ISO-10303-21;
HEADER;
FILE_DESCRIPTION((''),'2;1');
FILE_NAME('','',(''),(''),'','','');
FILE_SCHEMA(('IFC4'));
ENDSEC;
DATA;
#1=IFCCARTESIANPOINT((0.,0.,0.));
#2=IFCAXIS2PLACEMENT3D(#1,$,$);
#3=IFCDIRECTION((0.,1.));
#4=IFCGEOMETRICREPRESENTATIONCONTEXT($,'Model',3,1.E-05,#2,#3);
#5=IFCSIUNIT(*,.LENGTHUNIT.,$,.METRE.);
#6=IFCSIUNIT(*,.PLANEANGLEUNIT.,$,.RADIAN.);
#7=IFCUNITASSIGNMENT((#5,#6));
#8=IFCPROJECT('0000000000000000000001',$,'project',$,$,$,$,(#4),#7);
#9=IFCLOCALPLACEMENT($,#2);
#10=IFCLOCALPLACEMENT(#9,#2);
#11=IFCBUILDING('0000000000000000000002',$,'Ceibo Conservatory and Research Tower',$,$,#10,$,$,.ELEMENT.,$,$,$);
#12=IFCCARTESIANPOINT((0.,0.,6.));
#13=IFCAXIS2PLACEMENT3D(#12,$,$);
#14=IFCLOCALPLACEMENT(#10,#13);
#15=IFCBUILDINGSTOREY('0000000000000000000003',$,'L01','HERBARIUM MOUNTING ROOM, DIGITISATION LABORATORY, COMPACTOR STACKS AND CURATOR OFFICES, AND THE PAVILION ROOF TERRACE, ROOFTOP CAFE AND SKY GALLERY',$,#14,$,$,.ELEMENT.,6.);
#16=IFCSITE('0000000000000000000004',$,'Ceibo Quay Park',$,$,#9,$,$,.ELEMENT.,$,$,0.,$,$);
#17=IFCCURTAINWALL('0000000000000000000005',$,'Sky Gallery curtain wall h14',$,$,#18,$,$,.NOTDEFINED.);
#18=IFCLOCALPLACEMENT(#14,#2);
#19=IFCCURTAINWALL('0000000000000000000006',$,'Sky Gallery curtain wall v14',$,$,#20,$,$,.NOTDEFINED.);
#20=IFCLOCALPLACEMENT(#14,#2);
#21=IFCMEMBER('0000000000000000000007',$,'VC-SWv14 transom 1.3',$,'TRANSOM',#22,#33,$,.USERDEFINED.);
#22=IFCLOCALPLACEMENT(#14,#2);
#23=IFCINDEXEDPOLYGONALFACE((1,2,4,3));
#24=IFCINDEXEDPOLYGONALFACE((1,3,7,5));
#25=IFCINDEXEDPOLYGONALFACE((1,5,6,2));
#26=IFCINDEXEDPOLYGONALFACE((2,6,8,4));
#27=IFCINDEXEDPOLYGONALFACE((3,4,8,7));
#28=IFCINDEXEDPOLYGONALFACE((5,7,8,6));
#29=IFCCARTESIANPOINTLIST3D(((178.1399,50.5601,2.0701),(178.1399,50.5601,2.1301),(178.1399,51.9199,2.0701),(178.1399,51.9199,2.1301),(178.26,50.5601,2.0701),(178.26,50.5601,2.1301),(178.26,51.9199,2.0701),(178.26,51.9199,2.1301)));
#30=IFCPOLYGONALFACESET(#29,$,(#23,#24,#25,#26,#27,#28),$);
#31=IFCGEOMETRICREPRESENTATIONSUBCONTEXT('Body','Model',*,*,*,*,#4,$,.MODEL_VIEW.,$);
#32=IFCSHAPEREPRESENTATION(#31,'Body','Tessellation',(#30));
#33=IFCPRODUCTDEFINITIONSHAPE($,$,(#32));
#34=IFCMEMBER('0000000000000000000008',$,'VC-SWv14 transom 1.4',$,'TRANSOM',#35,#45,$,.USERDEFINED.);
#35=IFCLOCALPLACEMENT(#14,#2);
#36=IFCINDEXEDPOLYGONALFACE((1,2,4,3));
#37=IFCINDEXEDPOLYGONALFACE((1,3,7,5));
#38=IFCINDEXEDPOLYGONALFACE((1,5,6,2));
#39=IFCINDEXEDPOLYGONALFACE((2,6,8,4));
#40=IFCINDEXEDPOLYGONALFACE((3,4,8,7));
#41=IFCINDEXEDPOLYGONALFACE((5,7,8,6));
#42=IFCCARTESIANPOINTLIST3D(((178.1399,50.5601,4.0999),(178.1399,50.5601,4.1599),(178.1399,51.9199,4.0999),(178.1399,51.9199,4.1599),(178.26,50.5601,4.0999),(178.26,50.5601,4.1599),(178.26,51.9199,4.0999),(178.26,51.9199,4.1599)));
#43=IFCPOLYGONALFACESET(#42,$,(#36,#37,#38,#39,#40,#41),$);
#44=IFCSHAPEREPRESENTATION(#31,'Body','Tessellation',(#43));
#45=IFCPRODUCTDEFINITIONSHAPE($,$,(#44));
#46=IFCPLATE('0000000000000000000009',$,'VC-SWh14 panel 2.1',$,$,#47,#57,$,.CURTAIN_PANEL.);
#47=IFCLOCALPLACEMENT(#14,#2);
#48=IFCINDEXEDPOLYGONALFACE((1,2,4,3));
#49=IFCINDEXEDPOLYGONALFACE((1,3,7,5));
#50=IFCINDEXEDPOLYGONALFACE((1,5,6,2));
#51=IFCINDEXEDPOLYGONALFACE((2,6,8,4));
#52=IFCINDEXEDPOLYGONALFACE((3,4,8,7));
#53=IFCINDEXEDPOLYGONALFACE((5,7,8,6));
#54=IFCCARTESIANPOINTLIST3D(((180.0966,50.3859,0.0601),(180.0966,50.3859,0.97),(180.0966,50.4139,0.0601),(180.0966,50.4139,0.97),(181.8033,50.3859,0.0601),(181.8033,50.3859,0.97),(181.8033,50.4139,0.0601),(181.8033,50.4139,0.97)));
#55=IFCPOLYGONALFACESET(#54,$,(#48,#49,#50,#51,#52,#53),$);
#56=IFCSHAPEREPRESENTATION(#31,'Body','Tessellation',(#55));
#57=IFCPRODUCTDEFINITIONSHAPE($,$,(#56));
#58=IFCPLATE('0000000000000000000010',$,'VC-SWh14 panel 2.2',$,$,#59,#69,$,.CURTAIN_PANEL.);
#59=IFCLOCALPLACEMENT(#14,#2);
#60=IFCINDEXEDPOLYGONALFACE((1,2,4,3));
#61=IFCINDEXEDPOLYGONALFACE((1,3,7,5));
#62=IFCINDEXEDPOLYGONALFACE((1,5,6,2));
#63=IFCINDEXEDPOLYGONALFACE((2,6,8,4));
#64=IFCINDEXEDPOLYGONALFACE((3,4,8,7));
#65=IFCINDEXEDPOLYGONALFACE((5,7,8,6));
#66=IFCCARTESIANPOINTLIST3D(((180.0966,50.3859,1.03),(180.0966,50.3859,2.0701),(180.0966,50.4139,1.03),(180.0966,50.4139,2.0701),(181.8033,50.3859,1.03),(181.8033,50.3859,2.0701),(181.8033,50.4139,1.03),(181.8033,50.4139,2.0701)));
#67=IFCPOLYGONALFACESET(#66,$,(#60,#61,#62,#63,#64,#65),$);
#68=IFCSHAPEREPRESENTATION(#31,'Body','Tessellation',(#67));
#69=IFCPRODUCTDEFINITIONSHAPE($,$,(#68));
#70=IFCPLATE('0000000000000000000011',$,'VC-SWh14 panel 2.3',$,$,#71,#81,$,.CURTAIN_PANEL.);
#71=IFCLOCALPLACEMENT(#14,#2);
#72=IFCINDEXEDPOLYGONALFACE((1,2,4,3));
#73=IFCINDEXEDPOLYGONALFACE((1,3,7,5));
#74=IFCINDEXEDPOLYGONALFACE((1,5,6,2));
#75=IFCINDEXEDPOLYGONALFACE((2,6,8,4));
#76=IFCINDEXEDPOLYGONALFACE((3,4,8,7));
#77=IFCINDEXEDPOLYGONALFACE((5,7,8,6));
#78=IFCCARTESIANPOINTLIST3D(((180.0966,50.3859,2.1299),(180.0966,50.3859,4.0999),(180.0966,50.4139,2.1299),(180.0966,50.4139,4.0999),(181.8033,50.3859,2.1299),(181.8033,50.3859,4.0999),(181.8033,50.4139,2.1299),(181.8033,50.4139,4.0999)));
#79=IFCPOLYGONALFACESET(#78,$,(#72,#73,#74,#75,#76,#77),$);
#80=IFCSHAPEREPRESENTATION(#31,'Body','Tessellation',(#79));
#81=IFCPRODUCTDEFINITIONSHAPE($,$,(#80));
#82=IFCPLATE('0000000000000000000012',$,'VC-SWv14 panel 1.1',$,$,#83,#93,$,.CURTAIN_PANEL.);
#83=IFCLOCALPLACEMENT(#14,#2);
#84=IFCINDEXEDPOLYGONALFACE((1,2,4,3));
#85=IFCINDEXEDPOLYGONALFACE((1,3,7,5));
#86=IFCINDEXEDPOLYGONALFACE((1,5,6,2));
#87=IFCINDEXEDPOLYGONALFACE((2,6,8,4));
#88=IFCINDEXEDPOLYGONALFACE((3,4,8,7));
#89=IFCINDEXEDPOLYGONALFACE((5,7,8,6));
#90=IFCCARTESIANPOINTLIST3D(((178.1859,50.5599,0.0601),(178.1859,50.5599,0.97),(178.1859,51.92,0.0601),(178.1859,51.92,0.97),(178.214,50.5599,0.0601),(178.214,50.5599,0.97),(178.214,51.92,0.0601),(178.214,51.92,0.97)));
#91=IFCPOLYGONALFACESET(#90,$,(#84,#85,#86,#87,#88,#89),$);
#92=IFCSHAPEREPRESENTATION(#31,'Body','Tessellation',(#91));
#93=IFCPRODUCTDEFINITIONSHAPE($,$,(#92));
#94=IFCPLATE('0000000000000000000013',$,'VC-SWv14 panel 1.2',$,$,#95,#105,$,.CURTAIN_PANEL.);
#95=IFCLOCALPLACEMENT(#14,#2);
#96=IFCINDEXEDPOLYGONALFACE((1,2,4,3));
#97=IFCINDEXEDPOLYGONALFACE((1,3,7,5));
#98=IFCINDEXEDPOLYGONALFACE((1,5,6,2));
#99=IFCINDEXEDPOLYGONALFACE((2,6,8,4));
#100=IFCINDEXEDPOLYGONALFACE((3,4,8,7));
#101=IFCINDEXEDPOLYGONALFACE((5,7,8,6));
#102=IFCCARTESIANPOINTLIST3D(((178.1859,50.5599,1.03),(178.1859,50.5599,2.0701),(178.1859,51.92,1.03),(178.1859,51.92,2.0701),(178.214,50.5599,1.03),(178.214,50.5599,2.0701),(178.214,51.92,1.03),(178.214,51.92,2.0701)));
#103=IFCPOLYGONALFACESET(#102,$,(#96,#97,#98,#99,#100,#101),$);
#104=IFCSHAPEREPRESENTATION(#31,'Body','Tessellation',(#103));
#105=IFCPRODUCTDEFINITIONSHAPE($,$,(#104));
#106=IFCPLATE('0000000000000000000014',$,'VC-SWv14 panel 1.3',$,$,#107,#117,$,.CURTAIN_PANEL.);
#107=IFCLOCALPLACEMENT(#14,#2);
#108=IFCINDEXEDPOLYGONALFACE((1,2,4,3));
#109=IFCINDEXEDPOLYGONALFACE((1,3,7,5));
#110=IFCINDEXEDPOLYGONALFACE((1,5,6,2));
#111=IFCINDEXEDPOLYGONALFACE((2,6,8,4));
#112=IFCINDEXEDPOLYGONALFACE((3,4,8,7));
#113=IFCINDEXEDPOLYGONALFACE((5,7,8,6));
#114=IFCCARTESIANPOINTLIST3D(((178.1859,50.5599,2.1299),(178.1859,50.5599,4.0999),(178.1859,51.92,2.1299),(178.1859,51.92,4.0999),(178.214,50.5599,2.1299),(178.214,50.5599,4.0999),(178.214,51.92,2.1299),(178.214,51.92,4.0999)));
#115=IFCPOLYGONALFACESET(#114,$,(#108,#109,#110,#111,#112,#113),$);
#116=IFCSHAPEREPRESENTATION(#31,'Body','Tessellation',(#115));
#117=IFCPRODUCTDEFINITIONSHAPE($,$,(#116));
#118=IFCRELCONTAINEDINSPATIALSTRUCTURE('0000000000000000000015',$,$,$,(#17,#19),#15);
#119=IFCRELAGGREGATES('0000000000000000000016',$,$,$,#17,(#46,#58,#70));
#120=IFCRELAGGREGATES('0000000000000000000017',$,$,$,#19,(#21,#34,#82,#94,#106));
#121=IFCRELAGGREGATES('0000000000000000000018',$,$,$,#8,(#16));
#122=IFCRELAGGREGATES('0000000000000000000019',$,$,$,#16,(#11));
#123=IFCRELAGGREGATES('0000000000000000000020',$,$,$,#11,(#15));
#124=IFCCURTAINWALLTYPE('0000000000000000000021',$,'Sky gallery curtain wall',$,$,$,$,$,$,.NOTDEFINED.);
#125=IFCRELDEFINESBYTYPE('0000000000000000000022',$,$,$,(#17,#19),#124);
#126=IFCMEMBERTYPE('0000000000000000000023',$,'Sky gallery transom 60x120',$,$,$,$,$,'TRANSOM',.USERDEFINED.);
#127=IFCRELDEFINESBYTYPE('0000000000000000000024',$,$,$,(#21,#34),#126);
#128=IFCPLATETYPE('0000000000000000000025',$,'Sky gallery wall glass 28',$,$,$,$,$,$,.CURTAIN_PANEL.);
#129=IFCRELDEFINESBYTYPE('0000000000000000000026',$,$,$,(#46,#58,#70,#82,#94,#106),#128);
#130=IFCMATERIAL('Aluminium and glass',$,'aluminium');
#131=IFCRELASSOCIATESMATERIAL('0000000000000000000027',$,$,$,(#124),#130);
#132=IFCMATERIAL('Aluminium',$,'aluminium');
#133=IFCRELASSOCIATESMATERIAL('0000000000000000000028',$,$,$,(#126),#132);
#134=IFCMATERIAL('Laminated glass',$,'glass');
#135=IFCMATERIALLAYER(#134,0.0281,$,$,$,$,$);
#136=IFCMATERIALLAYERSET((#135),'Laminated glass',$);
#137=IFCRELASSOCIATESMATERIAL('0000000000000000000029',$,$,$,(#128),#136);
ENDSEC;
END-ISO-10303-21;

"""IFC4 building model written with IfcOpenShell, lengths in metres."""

from ifc_helpers import new_model, si_unit, direction, frame, origin, origin_2d, place, context, subcontext, project, spatial, rectangle, extrude, material, layer, layer_set, material_profile, profile_set, type_object, element, aggregate, save


model = new_model("IFC4")

# Units and contexts
model_context = context("Model", 3, precision=1e-05, world=origin(), true_north=direction((0.0, 1.0)))
body_context = subcontext(model_context, "Body", "Model", "MODEL_VIEW")
ifc_project = project(units=[si_unit("LENGTHUNIT", "METRE"), si_unit("PLANEANGLEUNIT", "RADIAN")], contexts=[model_context])

# Site, building, storey
site_placement = place(None, origin())
site = spatial("IfcSite", under=ifc_project, at=site_placement, Name="Ceibo Quay Park", CompositionType="ELEMENT", RefElevation=0.0)
building_placement = place(site_placement, origin())
building = spatial("IfcBuilding", under=site, at=building_placement, Name="Ceibo Conservatory and Research Tower", CompositionType="ELEMENT")
storey_placement = place(building_placement, frame((0.0, 0.0, 6.0)))
storey = spatial("IfcBuildingStorey", under=building, at=storey_placement, Name="L01", Description="HERBARIUM MOUNTING ROOM, DIGITISATION LABORATORY, COMPACTOR STACKS AND CURATOR OFFICES, AND THE PAVILION ROOF TERRACE, ROOFTOP CAFE AND SKY GALLERY", CompositionType="ELEMENT", Elevation=6.0)

# Curtain wall
ifc_material_1 = material(Name="Aluminium and glass", Category="aluminium")
curtain_wall_type = type_object("IfcCurtainWallType", Name="Sky gallery curtain wall", PredefinedType="NOTDEFINED", material=ifc_material_1)
curtain_wall_1_placement = place(storey_placement, origin())
curtain_wall_1 = element("IfcCurtainWall", 1, at=curtain_wall_1_placement, inside=storey, type_object=curtain_wall_type, Name="Sky Gallery curtain wall h14", PredefinedType="NOTDEFINED")
ifc_material_2 = material(Name="Aluminium", Category="aluminium")

# Curtain wall
curtain_wall_2_placement = place(storey_placement, origin())
curtain_wall_2 = element("IfcCurtainWall", 2, at=curtain_wall_2_placement, inside=storey, type_object=curtain_wall_type, Name="Sky Gallery curtain wall v14", PredefinedType="NOTDEFINED")

# Members
ifc_material_profile_1 = material_profile(ifc_material_2, rectangle(XDim=0.1201, YDim=0.0601, at=origin_2d()), Name="AL 60x120")
ifc_profile_set_1 = profile_set([ifc_material_profile_1], Name="Aluminium")
member_type_1 = type_object("IfcMemberType", Name="Sky gallery transom 60x120", ElementType="TRANSOM", PredefinedType="USERDEFINED", material=ifc_profile_set_1)
member_1_placement = place(storey_placement, frame((178.2, 50.5601, 2.1001), z_axis=(0.0, 1.0, 0.0), x_axis=(-1.0, 0.0, 0.0)))
member_1 = element("IfcMember", 3, at=member_1_placement, type_object=member_type_1, Name="VC-SWv14 transom 1.3", ObjectType="TRANSOM", PredefinedType="USERDEFINED", context=body_context, shape_type="SweptSolid", body=[
    extrude(rectangle(XDim=0.1201, YDim=0.0601, at=origin_2d()), origin(), (0.0, 0.0, 1.0), 1.3599),
])
member_2_placement = place(storey_placement, frame((178.2, 50.5601, 4.1299), z_axis=(0.0, 1.0, 0.0), x_axis=(-1.0, 0.0, 0.0)))
member_2 = element("IfcMember", 4, at=member_2_placement, type_object=member_type_1, Name="VC-SWv14 transom 1.4", ObjectType="TRANSOM", PredefinedType="USERDEFINED", context=body_context, shape_type="SweptSolid", body=[
    extrude(rectangle(XDim=0.1201, YDim=0.0601, at=origin_2d()), origin(), (0.0, 0.0, 1.0), 1.3599),
])

# Plates
ifc_material_3 = material(Name="Laminated glass", Category="glass")
ifc_layer = layer(ifc_material_3, 0.0281)
ifc_layer_set = layer_set([ifc_layer], Name="Laminated glass")
plate_type = type_object("IfcPlateType", Name="Sky gallery wall glass 28", PredefinedType="CURTAIN_PANEL", material=ifc_layer_set)
plate_1_placement = place(storey_placement, frame((180.95, 50.3999, 0.0601), z_axis=(0.0, 0.0, 1.0), x_axis=(1.0, 0.0, 0.0)))
plate_1 = element("IfcPlate", 5, at=plate_1_placement, type_object=plate_type, Name="VC-SWh14 panel 2.1", PredefinedType="CURTAIN_PANEL", context=body_context, shape_type="SweptSolid", body=[
    extrude(rectangle(XDim=1.7068, YDim=0.0281, at=origin_2d()), origin(), (0.0, 0.0, 1.0), 0.9099),
])
plate_2_placement = place(storey_placement, frame((180.95, 50.3999, 1.03), z_axis=(0.0, 0.0, 1.0), x_axis=(1.0, 0.0, 0.0)))
plate_2 = element("IfcPlate", 6, at=plate_2_placement, type_object=plate_type, Name="VC-SWh14 panel 2.2", PredefinedType="CURTAIN_PANEL", context=body_context, shape_type="SweptSolid", body=[
    extrude(rectangle(XDim=1.7068, YDim=0.0281, at=origin_2d()), origin(), (0.0, 0.0, 1.0), 1.04),
])
plate_3_placement = place(storey_placement, frame((180.95, 50.3999, 2.1299), z_axis=(0.0, 0.0, 1.0), x_axis=(1.0, 0.0, 0.0)))
plate_3 = element("IfcPlate", 7, at=plate_3_placement, type_object=plate_type, Name="VC-SWh14 panel 2.3", PredefinedType="CURTAIN_PANEL", context=body_context, shape_type="SweptSolid", body=[
    extrude(rectangle(XDim=1.7068, YDim=0.0281, at=origin_2d()), origin(), (0.0, 0.0, 1.0), 1.97),
])
aggregate(curtain_wall_1, [plate_1, plate_2, plate_3])
plate_4_placement = place(storey_placement, frame((178.2, 51.24, 0.0601), z_axis=(0.0, 0.0, 1.0), x_axis=(0.0, 1.0, 0.0)))
plate_4 = element("IfcPlate", 8, at=plate_4_placement, type_object=plate_type, Name="VC-SWv14 panel 1.1", PredefinedType="CURTAIN_PANEL", context=body_context, shape_type="SweptSolid", body=[
    extrude(rectangle(XDim=1.3601, YDim=0.0281, at=origin_2d()), origin(), (0.0, 0.0, 1.0), 0.9099),
])
plate_5_placement = place(storey_placement, frame((178.2, 51.24, 1.03), z_axis=(0.0, 0.0, 1.0), x_axis=(0.0, 1.0, 0.0)))
plate_5 = element("IfcPlate", 9, at=plate_5_placement, type_object=plate_type, Name="VC-SWv14 panel 1.2", PredefinedType="CURTAIN_PANEL", context=body_context, shape_type="SweptSolid", body=[
    extrude(rectangle(XDim=1.3601, YDim=0.0281, at=origin_2d()), origin(), (0.0, 0.0, 1.0), 1.04),
])
plate_6_placement = place(storey_placement, frame((178.2, 51.24, 2.1299), z_axis=(0.0, 0.0, 1.0), x_axis=(0.0, 1.0, 0.0)))
plate_6 = element("IfcPlate", 10, at=plate_6_placement, type_object=plate_type, Name="VC-SWv14 panel 1.3", PredefinedType="CURTAIN_PANEL", context=body_context, shape_type="SweptSolid", body=[
    extrude(rectangle(XDim=1.3601, YDim=0.0281, at=origin_2d()), origin(), (0.0, 0.0, 1.0), 1.97),
])
aggregate(curtain_wall_2, [member_1, member_2, plate_4, plate_5, plate_6])

save(model, "model.ifc")
